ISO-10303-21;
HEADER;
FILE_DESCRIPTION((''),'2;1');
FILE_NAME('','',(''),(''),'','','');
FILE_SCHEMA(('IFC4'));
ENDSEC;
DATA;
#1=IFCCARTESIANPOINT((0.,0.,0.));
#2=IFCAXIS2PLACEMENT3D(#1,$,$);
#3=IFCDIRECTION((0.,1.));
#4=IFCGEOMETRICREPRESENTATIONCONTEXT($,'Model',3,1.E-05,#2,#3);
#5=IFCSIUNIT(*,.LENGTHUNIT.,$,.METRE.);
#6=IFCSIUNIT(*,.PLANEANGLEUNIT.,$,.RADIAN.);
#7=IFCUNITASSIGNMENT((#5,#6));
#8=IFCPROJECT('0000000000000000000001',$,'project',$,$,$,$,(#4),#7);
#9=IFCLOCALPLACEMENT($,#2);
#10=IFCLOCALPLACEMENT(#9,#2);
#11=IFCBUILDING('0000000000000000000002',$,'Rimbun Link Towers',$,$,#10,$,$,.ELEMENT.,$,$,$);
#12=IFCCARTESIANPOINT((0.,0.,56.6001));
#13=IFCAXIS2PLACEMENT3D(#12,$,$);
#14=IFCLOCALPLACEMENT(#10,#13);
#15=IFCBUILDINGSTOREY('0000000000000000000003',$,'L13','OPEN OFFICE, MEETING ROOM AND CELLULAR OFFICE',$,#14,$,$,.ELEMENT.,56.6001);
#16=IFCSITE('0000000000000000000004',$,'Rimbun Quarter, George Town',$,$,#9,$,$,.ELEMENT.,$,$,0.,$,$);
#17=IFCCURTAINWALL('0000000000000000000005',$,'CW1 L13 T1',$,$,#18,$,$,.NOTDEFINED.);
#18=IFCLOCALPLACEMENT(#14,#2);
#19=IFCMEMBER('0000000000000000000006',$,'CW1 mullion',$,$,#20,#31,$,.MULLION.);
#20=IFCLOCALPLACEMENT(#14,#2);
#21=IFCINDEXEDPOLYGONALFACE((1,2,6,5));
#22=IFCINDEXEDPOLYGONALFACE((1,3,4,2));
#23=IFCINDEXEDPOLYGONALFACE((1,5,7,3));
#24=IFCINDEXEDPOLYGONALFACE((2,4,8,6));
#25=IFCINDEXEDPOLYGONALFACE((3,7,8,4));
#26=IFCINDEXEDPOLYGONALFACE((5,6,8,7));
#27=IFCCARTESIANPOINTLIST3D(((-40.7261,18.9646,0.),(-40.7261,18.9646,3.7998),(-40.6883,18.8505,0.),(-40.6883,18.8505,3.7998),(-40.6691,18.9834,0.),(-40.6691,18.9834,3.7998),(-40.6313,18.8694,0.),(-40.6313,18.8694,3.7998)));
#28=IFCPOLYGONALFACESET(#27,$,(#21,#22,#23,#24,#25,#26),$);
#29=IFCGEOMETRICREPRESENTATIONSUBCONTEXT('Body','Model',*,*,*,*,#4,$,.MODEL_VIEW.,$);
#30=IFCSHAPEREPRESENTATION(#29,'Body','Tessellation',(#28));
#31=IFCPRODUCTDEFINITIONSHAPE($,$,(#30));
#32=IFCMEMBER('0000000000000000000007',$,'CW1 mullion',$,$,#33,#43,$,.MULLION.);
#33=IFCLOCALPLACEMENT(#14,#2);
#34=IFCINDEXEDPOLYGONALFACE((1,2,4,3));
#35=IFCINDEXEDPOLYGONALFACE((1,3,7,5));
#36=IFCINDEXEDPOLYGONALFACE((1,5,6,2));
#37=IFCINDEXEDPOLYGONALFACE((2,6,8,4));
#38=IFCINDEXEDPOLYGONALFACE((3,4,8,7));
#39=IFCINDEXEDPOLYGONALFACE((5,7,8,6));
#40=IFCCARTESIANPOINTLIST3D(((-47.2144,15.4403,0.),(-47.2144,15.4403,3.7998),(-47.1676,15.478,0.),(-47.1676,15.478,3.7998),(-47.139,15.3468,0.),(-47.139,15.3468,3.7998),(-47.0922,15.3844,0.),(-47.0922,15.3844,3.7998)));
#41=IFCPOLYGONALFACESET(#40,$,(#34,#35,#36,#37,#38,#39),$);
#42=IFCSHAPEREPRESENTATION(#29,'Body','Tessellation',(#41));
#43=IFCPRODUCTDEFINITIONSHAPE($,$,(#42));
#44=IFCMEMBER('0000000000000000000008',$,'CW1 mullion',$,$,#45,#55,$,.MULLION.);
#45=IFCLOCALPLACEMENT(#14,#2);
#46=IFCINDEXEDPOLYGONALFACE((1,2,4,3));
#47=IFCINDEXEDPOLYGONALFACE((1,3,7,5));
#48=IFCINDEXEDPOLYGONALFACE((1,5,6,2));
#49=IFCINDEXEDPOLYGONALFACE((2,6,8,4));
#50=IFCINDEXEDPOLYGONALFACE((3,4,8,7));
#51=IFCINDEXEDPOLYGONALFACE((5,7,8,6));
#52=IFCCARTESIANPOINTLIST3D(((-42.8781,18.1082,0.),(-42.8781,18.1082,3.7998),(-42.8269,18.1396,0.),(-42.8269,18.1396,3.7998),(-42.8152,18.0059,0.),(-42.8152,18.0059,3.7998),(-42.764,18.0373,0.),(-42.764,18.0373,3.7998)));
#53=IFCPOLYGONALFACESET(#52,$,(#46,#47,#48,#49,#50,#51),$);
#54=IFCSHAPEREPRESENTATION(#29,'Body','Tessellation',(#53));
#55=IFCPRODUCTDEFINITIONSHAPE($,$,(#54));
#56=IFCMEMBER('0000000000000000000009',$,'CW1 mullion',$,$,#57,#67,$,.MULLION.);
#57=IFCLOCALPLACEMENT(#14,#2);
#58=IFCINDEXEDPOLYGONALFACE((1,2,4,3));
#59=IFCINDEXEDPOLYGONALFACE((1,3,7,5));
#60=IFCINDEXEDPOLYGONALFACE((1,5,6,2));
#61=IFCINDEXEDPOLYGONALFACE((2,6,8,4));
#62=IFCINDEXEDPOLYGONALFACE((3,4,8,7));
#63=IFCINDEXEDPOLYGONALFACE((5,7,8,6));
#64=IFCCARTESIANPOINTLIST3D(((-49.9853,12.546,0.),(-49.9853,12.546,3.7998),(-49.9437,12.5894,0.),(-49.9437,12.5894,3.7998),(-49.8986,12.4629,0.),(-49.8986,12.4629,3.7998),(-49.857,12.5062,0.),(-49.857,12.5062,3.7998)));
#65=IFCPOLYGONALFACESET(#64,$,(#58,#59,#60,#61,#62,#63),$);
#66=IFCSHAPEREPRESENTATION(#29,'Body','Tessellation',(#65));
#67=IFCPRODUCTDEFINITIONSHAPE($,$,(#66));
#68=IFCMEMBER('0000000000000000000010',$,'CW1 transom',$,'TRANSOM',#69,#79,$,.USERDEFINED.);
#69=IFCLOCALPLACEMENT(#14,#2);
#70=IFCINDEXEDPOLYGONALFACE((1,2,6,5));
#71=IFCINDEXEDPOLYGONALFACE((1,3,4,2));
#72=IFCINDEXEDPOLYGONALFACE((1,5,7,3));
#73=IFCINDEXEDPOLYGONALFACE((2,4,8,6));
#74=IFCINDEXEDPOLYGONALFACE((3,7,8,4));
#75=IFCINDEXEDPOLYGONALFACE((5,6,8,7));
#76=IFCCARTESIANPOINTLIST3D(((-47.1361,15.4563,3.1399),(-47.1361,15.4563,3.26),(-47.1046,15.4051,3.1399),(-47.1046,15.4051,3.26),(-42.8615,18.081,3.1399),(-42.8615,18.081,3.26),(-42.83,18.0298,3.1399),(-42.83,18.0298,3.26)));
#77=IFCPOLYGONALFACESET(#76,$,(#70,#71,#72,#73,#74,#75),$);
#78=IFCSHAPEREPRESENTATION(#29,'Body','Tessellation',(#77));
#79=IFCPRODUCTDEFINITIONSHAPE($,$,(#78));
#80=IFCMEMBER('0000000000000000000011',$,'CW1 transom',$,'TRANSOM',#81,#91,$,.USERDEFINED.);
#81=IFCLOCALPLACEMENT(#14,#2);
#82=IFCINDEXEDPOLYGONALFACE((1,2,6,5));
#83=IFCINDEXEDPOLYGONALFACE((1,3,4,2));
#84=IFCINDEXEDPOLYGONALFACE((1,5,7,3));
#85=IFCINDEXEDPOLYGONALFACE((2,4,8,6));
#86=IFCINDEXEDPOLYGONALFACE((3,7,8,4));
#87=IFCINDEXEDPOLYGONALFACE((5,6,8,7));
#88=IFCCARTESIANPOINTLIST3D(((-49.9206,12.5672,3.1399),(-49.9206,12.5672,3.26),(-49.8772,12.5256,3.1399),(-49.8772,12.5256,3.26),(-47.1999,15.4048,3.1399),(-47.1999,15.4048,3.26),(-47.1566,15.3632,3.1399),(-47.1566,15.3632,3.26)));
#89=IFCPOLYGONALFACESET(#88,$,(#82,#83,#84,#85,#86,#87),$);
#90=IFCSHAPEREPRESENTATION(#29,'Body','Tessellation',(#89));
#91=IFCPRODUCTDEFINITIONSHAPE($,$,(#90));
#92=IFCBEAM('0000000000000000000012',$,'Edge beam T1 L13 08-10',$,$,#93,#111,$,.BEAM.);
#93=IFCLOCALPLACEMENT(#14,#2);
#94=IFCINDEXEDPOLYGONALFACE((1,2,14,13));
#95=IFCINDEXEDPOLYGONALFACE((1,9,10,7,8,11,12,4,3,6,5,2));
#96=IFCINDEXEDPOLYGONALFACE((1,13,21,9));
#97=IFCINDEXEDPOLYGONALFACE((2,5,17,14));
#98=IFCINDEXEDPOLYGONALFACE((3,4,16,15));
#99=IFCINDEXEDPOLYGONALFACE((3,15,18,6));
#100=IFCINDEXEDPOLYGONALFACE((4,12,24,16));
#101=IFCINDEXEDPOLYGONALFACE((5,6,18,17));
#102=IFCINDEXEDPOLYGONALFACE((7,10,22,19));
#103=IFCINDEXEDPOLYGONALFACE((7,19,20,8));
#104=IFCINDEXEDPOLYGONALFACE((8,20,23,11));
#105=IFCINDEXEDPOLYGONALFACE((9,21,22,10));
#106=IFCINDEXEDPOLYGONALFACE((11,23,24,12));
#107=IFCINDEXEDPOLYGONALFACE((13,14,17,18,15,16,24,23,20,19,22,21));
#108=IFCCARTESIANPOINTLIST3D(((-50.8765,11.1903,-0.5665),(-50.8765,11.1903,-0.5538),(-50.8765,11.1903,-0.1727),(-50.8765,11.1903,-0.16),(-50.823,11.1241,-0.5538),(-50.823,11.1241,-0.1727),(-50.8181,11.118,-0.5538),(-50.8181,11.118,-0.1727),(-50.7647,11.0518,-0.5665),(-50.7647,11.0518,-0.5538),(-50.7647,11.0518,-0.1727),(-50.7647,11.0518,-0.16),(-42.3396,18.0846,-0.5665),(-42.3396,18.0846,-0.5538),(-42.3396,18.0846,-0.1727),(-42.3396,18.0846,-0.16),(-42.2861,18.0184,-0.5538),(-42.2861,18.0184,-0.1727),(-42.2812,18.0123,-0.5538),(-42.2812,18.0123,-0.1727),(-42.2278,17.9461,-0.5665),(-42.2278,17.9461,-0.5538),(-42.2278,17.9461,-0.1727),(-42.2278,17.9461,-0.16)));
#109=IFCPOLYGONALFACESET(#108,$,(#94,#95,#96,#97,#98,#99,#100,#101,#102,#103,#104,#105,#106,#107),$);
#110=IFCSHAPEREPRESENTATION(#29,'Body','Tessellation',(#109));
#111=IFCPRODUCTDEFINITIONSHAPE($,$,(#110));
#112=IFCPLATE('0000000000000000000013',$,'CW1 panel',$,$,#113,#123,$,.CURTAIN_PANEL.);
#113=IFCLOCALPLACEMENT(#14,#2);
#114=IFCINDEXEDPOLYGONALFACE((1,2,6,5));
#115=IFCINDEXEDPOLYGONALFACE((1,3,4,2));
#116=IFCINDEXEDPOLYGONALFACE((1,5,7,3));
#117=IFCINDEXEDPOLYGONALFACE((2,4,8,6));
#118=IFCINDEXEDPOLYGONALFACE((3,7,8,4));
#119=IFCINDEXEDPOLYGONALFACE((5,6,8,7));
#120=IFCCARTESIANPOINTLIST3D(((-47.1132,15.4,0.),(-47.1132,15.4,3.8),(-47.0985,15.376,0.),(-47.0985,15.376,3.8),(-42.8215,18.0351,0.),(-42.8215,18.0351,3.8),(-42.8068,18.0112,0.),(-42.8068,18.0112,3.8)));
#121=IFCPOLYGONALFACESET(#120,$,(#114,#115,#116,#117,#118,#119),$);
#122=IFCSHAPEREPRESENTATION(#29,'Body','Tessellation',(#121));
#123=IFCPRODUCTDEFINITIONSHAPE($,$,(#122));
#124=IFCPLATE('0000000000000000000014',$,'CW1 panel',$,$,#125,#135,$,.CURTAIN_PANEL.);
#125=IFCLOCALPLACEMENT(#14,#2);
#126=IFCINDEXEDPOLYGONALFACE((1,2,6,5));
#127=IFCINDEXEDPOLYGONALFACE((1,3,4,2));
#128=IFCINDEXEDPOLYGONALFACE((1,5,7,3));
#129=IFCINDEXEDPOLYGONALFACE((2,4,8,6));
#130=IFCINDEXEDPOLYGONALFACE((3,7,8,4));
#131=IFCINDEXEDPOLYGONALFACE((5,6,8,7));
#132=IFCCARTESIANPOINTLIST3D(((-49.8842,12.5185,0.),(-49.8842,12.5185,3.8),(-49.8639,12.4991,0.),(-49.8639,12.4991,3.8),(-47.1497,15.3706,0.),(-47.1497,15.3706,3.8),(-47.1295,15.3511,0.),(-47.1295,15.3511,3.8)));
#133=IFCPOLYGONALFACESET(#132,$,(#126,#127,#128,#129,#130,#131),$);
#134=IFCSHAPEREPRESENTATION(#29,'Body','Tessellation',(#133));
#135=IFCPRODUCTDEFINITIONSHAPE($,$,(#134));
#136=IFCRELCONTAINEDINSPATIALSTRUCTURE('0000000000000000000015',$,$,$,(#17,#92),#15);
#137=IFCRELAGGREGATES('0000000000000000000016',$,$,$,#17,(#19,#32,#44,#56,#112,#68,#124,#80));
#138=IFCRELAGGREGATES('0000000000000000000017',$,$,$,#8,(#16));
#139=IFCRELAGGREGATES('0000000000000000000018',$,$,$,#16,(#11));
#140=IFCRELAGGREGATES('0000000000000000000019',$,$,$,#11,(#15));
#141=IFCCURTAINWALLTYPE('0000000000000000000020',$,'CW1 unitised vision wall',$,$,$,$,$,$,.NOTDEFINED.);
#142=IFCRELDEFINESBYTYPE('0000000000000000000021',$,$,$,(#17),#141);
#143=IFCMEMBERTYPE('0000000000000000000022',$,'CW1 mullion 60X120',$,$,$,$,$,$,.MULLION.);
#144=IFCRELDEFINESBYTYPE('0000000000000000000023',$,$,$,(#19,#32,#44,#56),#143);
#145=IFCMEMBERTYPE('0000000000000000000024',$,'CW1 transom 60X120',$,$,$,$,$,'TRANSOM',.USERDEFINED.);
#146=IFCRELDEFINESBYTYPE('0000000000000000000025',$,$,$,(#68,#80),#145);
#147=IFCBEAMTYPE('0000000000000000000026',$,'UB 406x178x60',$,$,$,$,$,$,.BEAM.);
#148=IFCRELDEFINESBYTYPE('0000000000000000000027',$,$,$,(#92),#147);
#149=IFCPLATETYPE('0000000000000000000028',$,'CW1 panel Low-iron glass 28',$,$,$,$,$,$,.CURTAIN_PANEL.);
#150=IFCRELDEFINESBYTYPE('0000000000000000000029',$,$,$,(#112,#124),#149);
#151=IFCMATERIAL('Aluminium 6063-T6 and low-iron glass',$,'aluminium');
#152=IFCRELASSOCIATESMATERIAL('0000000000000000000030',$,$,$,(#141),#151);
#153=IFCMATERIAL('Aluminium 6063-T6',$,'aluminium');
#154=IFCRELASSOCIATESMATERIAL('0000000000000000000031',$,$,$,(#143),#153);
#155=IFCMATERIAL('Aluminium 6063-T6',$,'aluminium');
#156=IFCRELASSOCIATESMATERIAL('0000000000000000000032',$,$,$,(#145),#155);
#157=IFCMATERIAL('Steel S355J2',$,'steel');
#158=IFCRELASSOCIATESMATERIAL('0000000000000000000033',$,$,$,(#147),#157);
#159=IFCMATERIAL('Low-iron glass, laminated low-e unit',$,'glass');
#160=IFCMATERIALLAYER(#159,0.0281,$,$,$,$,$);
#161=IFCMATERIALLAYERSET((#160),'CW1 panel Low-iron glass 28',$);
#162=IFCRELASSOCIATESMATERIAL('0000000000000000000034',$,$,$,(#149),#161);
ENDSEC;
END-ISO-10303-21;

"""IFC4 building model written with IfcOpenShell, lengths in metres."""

from ifc_helpers import new_model, si_unit, direction, frame, origin, origin_2d, place, context, subcontext, project, spatial, rectangle, i_section, extrude, material, layer, layer_set, material_profile, profile_set, type_object, element, aggregate, save


model = new_model("IFC4")

# Units and contexts
model_context = context("Model", 3, precision=1e-05, world=origin(), true_north=direction((0.0, 1.0)))
body_context = subcontext(model_context, "Body", "Model", "MODEL_VIEW")
ifc_project = project(units=[si_unit("LENGTHUNIT", "METRE"), si_unit("PLANEANGLEUNIT", "RADIAN")], contexts=[model_context])

# Site, building, storey
site_placement = place(None, origin())
site = spatial("IfcSite", under=ifc_project, at=site_placement, Name="Rimbun Quarter, George Town", CompositionType="ELEMENT", RefElevation=0.0)
building_placement = place(site_placement, origin())
building = spatial("IfcBuilding", under=site, at=building_placement, Name="Rimbun Link Towers", CompositionType="ELEMENT")
storey_placement = place(building_placement, frame((0.0, 0.0, 56.6001)))
storey = spatial("IfcBuildingStorey", under=building, at=storey_placement, Name="L13", Description="OPEN OFFICE, MEETING ROOM AND CELLULAR OFFICE", CompositionType="ELEMENT", Elevation=56.6001)

# Curtain wall, members
ifc_material_1 = material(Name="Aluminium 6063-T6 and low-iron glass", Category="aluminium")
curtain_wall_type = type_object("IfcCurtainWallType", Name="CW1 unitised vision wall", PredefinedType="NOTDEFINED", material=ifc_material_1)
curtain_wall_placement = place(storey_placement, origin())
curtain_wall = element("IfcCurtainWall", 1, at=curtain_wall_placement, inside=storey, type_object=curtain_wall_type, Name="CW1 L13 T1", PredefinedType="NOTDEFINED")
ifc_material_2 = material(Name="Aluminium 6063-T6", Category="aluminium")
ifc_material_profile_1 = material_profile(ifc_material_2, rectangle(XDim=0.1201, YDim=0.0601, at=origin_2d()), Name="MULLION 60X120")
ifc_profile_set_1 = profile_set([ifc_material_profile_1], Name="Aluminium 6063-T6")
member_type_1 = type_object("IfcMemberType", Name="CW1 mullion 60X120", PredefinedType="MULLION", material=ifc_profile_set_1)
member_1_placement = place(storey_placement, frame((-40.6787, 18.917, 0.0), z_axis=(0.0, 0.0, 1.0), x_axis=(-0.314563, 0.949236, 0.0)))
member_1 = element("IfcMember", 2, at=member_1_placement, type_object=member_type_1, Name="CW1 mullion", PredefinedType="MULLION", context=body_context, shape_type="SweptSolid", body=[
    extrude(rectangle(XDim=0.1201, YDim=0.0601, at=origin_2d()), origin(), (0.0, 0.0, 1.0), 3.7998),
])
member_2_placement = place(storey_placement, frame((-47.1533, 15.4124, 0.0), z_axis=(0.0, 0.0, 1.0), x_axis=(-0.627666, 0.778483, 0.0)))
member_2 = element("IfcMember", 3, at=member_2_placement, type_object=member_type_1, Name="CW1 mullion", PredefinedType="MULLION", context=body_context, shape_type="SweptSolid", body=[
    extrude(rectangle(XDim=0.1201, YDim=0.0601, at=origin_2d()), origin(), (0.0, 0.0, 1.0), 3.7998),
])
member_3_placement = place(storey_placement, frame((-42.821, 18.0728, 0.0), z_axis=(0.0, 0.0, 1.0), x_axis=(-0.523243, 0.852183, 0.0)))
member_3 = element("IfcMember", 4, at=member_3_placement, type_object=member_type_1, Name="CW1 mullion", PredefinedType="MULLION", context=body_context, shape_type="SweptSolid", body=[
    extrude(rectangle(XDim=0.1201, YDim=0.0601, at=origin_2d()), origin(), (0.0, 0.0, 1.0), 3.7998),
])
member_4_placement = place(storey_placement, frame((-49.9211, 12.5261, 0.0), z_axis=(0.0, 0.0, 1.0), x_axis=(-0.721835, 0.692065, 0.0)))
member_4 = element("IfcMember", 5, at=member_4_placement, type_object=member_type_1, Name="CW1 mullion", PredefinedType="MULLION", context=body_context, shape_type="SweptSolid", body=[
    extrude(rectangle(XDim=0.1201, YDim=0.0601, at=origin_2d()), origin(), (0.0, 0.0, 1.0), 3.7998),
])
ifc_material_3 = material(Name="Aluminium 6063-T6", Category="aluminium")
ifc_material_profile_2 = material_profile(ifc_material_3, rectangle(XDim=0.0601, YDim=0.1201, at=origin_2d()), Name="TRANSOM 60X120")
ifc_profile_set_2 = profile_set([ifc_material_profile_2], Name="Aluminium 6063-T6")
member_type_2 = type_object("IfcMemberType", Name="CW1 transom 60X120", ElementType="TRANSOM", PredefinedType="USERDEFINED", material=ifc_profile_set_2)
member_5_placement = place(storey_placement, frame((-47.1204, 15.4307, 3.2), z_axis=(0.852174, 0.523258, 0.0), x_axis=(-0.523258, 0.852174, 0.0)))
member_5 = element("IfcMember", 6, at=member_5_placement, type_object=member_type_2, Name="CW1 transom", ObjectType="TRANSOM", PredefinedType="USERDEFINED", context=body_context, shape_type="SweptSolid", body=[
    extrude(rectangle(XDim=0.0601, YDim=0.1201, at=origin_2d()), origin(), (0.0, 0.0, 1.0), 5.0161),
])
member_6_placement = place(storey_placement, frame((-49.8989, 12.5464, 3.2), z_axis=(0.692077, 0.721824, 0.0), x_axis=(-0.721824, 0.692077, 0.0)))
member_6 = element("IfcMember", 7, at=member_6_placement, type_object=member_type_2, Name="CW1 transom", ObjectType="TRANSOM", PredefinedType="USERDEFINED", context=body_context, shape_type="SweptSolid", body=[
    extrude(rectangle(XDim=0.0601, YDim=0.1201, at=origin_2d()), origin(), (0.0, 0.0, 1.0), 3.9312),
])

# Beam
ifc_material_4 = material(Name="Steel S355J2", Category="steel")
ifc_material_profile_3 = material_profile(ifc_material_4, i_section(OverallWidth=0.178, OverallDepth=0.4065, WebThickness=0.0078, FlangeThickness=0.0127, at=origin_2d()), Name="UB 406x178x60")
ifc_profile_set_3 = profile_set([ifc_material_profile_3], Name="Steel S355J2")
beam_type = type_object("IfcBeamType", Name="UB 406x178x60", PredefinedType="BEAM", material=ifc_profile_set_3)
beam_placement = place(storey_placement, frame((-42.2837, 18.0154, -0.3633), z_axis=(-0.77798, -0.628289, 0.0), x_axis=(0.628289, -0.77798, 0.0)))
element("IfcBeam", 8, at=beam_placement, inside=storey, type_object=beam_type, Name="Edge beam T1 L13 08-10", PredefinedType="BEAM", context=body_context, shape_type="SweptSolid", body=[
    extrude(i_section(OverallWidth=0.178, OverallDepth=0.4065, WebThickness=0.0078, FlangeThickness=0.0127, at=origin_2d()), origin(), (0.0, 0.0, 1.0), 10.9731),
])

# Plates
ifc_material_5 = material(Name="Low-iron glass, laminated low-e unit", Category="glass")
ifc_layer_1 = layer(ifc_material_5, 0.0281)
ifc_layer_set_1 = layer_set([ifc_layer_1], Name="CW1 panel Low-iron glass 28")
plate_type = type_object("IfcPlateType", Name="CW1 panel Low-iron glass 28", PredefinedType="CURTAIN_PANEL", material=ifc_layer_set_1)
plate_1_placement = place(storey_placement, frame((-44.96, 16.7056, 0.0), z_axis=(0.0, 0.0, 1.0), x_axis=(0.852183, 0.523243, 0.0)))
plate_1 = element("IfcPlate", 9, at=plate_1_placement, type_object=plate_type, Name="CW1 panel", PredefinedType="CURTAIN_PANEL", context=body_context, shape_type="SweptSolid", body=[
    extrude(rectangle(XDim=5.0361, YDim=0.0281, at=origin_2d()), origin(), (0.0, 0.0, 1.0), 3.8),
])
plate_2_placement = place(storey_placement, frame((-48.5068, 13.9348, 0.0), z_axis=(0.0, 0.0, 1.0), x_axis=(0.692065, 0.721835, 0.0)))
plate_2 = element("IfcPlate", 10, at=plate_2_placement, type_object=plate_type, Name="CW1 panel", PredefinedType="CURTAIN_PANEL", context=body_context, shape_type="SweptSolid", body=[
    extrude(rectangle(XDim=3.9512, YDim=0.0281, at=origin_2d()), origin(), (0.0, 0.0, 1.0), 3.8),
])
aggregate(curtain_wall, [member_1, member_2, member_3, member_4, plate_1, member_5, plate_2, member_6])

save(model, "model.ifc")
